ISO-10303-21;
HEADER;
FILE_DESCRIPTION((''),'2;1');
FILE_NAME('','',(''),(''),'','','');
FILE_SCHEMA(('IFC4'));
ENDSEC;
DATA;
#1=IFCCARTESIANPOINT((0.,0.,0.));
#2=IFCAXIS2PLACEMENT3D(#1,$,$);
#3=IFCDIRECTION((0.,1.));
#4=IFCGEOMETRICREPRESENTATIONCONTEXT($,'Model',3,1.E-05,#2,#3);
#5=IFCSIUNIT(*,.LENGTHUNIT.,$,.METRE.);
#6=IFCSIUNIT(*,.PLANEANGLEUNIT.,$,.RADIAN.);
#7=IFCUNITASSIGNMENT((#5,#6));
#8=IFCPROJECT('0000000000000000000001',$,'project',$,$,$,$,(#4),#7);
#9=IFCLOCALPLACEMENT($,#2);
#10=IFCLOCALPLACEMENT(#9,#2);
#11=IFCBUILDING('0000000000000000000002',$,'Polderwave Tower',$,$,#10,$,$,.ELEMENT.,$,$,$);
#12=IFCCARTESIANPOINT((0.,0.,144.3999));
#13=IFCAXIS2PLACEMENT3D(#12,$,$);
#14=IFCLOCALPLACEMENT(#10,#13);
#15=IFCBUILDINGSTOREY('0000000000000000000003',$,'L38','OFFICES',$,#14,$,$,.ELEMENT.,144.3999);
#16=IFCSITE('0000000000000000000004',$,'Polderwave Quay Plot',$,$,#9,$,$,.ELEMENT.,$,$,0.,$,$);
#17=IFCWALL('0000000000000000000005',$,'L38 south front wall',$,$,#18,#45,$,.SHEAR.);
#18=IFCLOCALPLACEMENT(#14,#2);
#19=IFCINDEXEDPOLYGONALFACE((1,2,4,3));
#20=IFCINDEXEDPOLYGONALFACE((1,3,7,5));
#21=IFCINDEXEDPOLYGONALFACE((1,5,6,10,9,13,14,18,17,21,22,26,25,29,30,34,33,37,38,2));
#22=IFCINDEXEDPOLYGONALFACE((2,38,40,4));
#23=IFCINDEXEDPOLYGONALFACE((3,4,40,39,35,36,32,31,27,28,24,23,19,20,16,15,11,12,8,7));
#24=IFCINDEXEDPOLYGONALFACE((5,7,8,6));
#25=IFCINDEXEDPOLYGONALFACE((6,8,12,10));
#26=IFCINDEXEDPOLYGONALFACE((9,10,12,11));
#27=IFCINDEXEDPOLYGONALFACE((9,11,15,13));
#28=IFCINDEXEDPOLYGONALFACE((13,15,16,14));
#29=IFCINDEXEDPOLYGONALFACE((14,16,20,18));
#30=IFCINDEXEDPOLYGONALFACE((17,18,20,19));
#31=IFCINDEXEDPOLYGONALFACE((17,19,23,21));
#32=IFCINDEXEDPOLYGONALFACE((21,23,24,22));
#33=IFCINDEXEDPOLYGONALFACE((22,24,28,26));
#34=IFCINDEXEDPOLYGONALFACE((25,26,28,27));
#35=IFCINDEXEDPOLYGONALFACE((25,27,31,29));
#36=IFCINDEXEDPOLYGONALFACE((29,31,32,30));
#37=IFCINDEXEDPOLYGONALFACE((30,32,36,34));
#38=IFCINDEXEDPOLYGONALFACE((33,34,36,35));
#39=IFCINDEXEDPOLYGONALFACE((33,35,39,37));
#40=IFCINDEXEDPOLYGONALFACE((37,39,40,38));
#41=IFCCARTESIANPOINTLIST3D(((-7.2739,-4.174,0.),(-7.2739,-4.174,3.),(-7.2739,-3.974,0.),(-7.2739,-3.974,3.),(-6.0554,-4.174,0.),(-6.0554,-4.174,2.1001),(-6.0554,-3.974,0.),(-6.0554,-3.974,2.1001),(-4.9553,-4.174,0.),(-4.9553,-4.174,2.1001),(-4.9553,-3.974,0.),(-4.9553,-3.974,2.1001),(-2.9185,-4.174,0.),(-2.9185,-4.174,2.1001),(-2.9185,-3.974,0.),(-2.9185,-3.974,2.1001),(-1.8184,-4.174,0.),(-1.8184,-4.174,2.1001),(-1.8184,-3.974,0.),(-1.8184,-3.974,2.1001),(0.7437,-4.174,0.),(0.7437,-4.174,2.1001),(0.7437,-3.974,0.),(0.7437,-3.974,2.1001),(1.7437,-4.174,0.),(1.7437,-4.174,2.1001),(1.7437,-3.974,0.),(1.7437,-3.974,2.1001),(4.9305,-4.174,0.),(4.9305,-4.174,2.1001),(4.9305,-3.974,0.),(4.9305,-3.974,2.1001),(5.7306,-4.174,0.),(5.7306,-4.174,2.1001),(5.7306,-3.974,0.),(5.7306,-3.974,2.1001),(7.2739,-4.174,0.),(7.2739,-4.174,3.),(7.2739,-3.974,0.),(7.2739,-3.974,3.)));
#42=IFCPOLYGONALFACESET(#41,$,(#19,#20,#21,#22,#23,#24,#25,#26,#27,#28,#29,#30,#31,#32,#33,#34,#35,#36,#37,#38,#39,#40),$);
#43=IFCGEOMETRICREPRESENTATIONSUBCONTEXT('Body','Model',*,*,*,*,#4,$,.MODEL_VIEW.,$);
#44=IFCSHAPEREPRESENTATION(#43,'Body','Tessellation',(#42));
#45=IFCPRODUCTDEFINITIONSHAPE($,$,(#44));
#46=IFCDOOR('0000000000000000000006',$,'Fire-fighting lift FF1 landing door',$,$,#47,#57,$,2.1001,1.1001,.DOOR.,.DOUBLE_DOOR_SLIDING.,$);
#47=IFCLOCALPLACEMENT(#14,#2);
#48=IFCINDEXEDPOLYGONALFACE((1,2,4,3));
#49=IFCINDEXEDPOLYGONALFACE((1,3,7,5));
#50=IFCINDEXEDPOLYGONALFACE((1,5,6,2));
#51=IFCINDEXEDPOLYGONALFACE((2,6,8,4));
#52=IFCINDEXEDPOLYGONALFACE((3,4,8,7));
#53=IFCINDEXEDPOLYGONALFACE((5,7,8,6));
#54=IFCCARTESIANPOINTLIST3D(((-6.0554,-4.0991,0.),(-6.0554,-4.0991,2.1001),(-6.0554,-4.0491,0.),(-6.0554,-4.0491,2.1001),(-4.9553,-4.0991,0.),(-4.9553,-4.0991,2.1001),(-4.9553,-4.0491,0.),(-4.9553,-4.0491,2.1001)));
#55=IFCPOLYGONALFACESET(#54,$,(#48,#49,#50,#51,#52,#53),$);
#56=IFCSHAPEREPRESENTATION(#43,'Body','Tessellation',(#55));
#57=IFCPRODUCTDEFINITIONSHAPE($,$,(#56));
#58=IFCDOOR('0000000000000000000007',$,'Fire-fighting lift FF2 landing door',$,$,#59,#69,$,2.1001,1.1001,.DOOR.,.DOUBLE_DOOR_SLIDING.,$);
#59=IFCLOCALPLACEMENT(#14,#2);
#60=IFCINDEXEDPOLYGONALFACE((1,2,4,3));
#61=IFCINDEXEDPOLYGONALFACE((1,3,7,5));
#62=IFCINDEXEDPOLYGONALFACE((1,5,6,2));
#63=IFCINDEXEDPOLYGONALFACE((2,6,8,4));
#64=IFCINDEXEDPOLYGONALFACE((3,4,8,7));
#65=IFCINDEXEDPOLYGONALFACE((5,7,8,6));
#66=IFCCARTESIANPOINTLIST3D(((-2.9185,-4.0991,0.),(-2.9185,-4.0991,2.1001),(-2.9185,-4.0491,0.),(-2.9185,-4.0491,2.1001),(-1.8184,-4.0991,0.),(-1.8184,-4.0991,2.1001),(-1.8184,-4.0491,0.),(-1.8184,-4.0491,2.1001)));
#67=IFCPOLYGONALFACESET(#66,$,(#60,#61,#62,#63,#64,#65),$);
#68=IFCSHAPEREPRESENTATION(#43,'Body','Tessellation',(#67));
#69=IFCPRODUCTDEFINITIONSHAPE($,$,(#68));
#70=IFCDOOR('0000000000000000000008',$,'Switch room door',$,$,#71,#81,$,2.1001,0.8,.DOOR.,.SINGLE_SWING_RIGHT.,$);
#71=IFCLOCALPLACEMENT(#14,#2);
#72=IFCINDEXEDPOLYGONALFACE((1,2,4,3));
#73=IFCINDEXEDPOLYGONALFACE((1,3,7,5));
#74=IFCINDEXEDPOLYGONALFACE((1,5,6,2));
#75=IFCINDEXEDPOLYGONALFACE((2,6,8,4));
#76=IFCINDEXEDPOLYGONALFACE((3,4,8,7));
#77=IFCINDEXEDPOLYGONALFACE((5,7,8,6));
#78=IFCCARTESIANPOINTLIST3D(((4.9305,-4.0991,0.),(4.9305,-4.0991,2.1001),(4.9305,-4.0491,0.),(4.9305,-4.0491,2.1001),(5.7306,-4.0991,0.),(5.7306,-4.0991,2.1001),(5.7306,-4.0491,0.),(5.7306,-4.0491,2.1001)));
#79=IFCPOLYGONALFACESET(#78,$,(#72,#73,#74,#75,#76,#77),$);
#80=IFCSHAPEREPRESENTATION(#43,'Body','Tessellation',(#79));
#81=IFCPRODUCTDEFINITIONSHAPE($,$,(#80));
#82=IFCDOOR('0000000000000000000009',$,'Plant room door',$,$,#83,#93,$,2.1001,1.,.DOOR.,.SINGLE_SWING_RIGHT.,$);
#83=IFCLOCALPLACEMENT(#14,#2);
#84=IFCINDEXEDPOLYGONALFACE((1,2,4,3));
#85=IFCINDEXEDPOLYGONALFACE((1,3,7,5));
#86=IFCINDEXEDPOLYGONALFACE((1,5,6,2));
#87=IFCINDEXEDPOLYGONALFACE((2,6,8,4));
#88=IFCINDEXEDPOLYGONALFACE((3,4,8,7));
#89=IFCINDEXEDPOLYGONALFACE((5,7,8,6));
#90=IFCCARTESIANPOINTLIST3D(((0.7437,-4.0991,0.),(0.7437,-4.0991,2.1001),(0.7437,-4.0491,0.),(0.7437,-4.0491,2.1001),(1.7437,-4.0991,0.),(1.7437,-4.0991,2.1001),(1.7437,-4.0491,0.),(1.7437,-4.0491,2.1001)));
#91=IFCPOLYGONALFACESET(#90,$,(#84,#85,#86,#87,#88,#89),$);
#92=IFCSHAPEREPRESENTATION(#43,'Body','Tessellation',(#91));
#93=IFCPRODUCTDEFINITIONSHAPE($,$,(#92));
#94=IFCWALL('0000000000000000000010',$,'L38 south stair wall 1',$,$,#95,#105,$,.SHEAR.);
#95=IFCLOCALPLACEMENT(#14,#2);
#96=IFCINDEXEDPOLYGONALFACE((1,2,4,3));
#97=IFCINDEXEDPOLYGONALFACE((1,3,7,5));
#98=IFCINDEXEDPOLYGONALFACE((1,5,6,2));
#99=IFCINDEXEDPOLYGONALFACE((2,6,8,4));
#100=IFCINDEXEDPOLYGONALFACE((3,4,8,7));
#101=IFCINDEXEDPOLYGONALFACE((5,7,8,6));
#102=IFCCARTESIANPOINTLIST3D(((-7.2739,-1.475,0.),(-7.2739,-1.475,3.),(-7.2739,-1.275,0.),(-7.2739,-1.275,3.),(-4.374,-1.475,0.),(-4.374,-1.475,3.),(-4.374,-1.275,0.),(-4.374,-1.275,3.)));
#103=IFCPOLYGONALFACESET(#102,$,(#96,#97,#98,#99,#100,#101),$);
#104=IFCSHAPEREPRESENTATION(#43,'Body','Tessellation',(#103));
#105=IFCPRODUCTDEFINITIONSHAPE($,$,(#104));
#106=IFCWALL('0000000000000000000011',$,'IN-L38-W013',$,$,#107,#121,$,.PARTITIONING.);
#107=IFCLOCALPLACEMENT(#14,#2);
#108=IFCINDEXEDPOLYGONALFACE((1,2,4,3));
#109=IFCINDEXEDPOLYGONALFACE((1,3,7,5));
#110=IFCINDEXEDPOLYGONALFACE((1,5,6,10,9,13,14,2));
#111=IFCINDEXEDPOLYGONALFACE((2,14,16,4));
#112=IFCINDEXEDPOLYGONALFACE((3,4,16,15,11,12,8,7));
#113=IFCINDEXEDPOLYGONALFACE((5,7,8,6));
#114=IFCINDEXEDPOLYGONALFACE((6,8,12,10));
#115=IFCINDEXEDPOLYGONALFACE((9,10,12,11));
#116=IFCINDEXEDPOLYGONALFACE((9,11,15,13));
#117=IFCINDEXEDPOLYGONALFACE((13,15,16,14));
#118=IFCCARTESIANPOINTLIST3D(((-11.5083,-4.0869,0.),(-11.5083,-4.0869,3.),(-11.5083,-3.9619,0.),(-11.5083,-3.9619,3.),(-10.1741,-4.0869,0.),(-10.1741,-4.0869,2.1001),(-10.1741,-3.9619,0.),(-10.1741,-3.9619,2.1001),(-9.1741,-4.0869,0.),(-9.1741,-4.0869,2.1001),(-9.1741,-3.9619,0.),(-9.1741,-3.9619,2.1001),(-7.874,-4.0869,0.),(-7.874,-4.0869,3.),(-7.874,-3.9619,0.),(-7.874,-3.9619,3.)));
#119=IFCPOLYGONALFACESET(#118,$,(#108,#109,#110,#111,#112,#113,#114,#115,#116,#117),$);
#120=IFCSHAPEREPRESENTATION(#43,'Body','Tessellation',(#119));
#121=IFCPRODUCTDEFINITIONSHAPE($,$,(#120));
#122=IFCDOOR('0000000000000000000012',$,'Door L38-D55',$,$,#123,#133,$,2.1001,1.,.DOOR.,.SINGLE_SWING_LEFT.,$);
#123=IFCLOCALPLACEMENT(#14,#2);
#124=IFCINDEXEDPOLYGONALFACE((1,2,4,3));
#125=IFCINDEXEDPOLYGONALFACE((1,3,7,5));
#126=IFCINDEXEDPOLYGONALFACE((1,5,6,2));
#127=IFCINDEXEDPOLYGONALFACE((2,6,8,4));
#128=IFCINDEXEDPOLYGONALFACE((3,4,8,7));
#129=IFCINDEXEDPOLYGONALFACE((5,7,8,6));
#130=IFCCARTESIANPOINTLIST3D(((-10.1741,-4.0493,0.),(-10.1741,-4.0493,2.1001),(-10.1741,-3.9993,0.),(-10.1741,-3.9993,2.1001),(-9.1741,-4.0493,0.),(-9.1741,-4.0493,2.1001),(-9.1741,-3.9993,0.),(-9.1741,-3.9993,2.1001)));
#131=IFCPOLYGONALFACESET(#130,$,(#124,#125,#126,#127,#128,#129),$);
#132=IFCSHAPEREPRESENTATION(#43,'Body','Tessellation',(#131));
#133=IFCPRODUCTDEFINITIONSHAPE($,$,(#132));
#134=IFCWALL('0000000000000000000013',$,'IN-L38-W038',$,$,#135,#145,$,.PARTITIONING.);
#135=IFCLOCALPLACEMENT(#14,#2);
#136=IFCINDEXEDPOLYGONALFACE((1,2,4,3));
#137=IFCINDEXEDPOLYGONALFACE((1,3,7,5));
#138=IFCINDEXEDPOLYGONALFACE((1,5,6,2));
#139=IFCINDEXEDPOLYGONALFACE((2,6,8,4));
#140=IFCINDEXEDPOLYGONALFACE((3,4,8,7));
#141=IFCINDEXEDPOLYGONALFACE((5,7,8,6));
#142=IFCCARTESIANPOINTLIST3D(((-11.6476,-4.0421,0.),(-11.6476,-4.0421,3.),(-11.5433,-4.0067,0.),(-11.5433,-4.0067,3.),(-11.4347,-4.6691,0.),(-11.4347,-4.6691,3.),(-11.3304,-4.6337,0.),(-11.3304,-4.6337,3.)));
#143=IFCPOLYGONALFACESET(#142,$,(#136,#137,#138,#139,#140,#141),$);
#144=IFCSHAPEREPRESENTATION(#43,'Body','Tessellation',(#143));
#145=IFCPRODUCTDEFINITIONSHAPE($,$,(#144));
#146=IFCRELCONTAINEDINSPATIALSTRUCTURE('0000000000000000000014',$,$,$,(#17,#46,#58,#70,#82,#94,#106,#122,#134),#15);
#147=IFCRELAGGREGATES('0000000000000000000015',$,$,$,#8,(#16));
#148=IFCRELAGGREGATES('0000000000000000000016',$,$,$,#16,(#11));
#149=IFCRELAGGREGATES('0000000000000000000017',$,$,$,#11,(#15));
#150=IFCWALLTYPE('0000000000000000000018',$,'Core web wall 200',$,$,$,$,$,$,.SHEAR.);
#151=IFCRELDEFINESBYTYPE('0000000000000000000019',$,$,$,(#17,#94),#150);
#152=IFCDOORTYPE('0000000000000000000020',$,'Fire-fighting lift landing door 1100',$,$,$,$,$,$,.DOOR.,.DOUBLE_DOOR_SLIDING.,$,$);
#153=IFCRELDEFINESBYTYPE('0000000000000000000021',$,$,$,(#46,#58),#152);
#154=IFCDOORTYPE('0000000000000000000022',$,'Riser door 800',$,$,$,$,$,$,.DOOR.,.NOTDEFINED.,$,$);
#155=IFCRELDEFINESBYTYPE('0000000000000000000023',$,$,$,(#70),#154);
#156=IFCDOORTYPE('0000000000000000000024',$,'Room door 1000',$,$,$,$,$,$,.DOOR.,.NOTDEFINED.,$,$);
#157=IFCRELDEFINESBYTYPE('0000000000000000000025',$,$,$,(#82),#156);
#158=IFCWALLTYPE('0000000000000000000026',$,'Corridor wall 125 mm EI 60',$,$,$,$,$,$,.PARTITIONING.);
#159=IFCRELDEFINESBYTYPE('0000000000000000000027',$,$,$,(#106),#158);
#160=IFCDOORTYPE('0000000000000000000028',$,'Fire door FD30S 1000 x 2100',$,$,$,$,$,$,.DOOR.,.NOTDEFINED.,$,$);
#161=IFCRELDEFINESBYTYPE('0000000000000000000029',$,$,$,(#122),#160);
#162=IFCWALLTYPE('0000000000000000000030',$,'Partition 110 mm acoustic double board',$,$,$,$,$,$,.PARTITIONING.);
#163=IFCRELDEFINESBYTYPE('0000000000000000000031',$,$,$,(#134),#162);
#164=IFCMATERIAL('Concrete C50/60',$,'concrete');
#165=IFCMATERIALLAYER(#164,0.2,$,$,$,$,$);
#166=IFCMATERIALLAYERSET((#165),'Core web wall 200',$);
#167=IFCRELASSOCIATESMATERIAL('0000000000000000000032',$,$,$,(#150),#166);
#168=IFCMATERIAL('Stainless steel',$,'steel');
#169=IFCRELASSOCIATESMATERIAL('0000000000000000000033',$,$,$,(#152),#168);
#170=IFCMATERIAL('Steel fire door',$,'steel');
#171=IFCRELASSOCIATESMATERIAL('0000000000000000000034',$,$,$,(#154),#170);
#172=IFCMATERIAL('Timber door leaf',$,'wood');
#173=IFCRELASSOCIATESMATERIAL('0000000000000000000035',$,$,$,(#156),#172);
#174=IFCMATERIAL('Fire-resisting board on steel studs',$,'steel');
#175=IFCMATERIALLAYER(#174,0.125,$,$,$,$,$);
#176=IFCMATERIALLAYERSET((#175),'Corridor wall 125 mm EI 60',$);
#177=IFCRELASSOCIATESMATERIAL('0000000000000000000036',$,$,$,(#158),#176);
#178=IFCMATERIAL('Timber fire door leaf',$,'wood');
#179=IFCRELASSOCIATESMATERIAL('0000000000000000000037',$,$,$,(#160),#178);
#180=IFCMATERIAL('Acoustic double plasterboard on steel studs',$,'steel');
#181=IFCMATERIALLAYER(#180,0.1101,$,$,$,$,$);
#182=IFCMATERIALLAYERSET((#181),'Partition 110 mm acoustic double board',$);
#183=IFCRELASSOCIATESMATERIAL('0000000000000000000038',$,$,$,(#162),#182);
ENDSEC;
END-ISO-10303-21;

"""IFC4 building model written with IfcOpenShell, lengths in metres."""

from ifc_helpers import new_model, si_unit, direction, frame, frame_2d, origin, place, context, subcontext, project, spatial, rectangle, extrude, material, layer, layer_set, type_object, element, fill, save


model = new_model("IFC4")

# Units and contexts
model_context = context("Model", 3, precision=1e-05, world=origin(), true_north=direction((0.0, 1.0)))
body_context = subcontext(model_context, "Body", "Model", "MODEL_VIEW")
ifc_project = project(units=[si_unit("LENGTHUNIT", "METRE"), si_unit("PLANEANGLEUNIT", "RADIAN")], contexts=[model_context])

# Site, building, storey
site_placement = place(None, origin())
site = spatial("IfcSite", under=ifc_project, at=site_placement, Name="Polderwave Quay Plot", CompositionType="ELEMENT", RefElevation=0.0)
building_placement = place(site_placement, origin())
building = spatial("IfcBuilding", under=site, at=building_placement, Name="Polderwave Tower", CompositionType="ELEMENT")
storey_placement = place(building_placement, frame((0.0, 0.0, 144.3999)))
storey = spatial("IfcBuildingStorey", under=building, at=storey_placement, Name="L38", Description="OFFICES", CompositionType="ELEMENT", Elevation=144.3999)

# Wall, openings, doors
ifc_material_1 = material(Name="Steel fire door", Category="steel")
ifc_material_2 = material(Name="Concrete C50/60", Category="concrete")
ifc_layer_1 = layer(ifc_material_2, 0.2)
ifc_layer_set_1 = layer_set([ifc_layer_1], Name="Core web wall 200")
wall_type_1 = type_object("IfcWallType", Name="Core web wall 200", PredefinedType="SHEAR", material=ifc_layer_set_1)
wall_1_placement = place(storey_placement, frame((-7.2739, -4.074, 0.0), z_axis=(0.0, 0.0, 1.0), x_axis=(1.0, 0.0, 0.0)))
wall_1 = element("IfcWall", 1, at=wall_1_placement, inside=storey, type_object=wall_type_1, Name="L38 south front wall", PredefinedType="SHEAR", context=body_context, shape_type="SweptSolid", body=[
    extrude(rectangle(XDim=14.5479, YDim=0.2, at=frame_2d((7.2739, 0.0))), origin(), (0.0, 0.0, 1.0), 3.0),
])
opening_1_placement = place(wall_1_placement, frame((1.2185, 0.0, 0.0)))
opening_1 = element("IfcOpeningElement", 2, at=opening_1_placement, cuts=wall_1, PredefinedType="OPENING", context=body_context, shape_type="SweptSolid", body=[
    extrude(rectangle(XDim=1.1001, YDim=2.1001, at=frame_2d((0.55, 1.05))), frame((0.0, 0.1099, 0.0), z_axis=(0.0, -1.0, 0.0), x_axis=(1.0, 0.0, 0.0)), (0.0, 0.0, 1.0), 0.22),
])
opening_2_placement = place(wall_1_placement, frame((4.3555, 0.0, 0.0)))
opening_2 = element("IfcOpeningElement", 3, at=opening_2_placement, cuts=wall_1, PredefinedType="OPENING", context=body_context, shape_type="SweptSolid", body=[
    extrude(rectangle(XDim=1.1001, YDim=2.1001, at=frame_2d((0.55, 1.05))), frame((0.0, 0.1099, 0.0), z_axis=(0.0, -1.0, 0.0), x_axis=(1.0, 0.0, 0.0)), (0.0, 0.0, 1.0), 0.22),
])
opening_3_placement = place(wall_1_placement, frame((8.0176, 0.0, 0.0)))
opening_3 = element("IfcOpeningElement", 4, at=opening_3_placement, cuts=wall_1, PredefinedType="OPENING", context=body_context, shape_type="SweptSolid", body=[
    extrude(rectangle(XDim=1.0, YDim=2.1001, at=frame_2d((0.5, 1.05))), frame((0.0, 0.1099, 0.0), z_axis=(0.0, -1.0, 0.0), x_axis=(1.0, 0.0, 0.0)), (0.0, 0.0, 1.0), 0.22),
])
opening_4_placement = place(wall_1_placement, frame((12.2046, 0.0, 0.0)))
opening_4 = element("IfcOpeningElement", 5, at=opening_4_placement, cuts=wall_1, PredefinedType="OPENING", context=body_context, shape_type="SweptSolid", body=[
    extrude(rectangle(XDim=0.8, YDim=2.1001, at=frame_2d((0.3999, 1.05))), frame((0.0, 0.1099, 0.0), z_axis=(0.0, -1.0, 0.0), x_axis=(1.0, 0.0, 0.0)), (0.0, 0.0, 1.0), 0.22),
])
ifc_material_3 = material(Name="Stainless steel", Category="steel")
door_type_1 = type_object("IfcDoorType", Name="Fire-fighting lift landing door 1100", OperationType="DOUBLE_DOOR_SLIDING", PredefinedType="DOOR", material=ifc_material_3)
door_1_placement = place(opening_1_placement, origin())
door_1 = element("IfcDoor", 6, at=door_1_placement, inside=storey, type_object=door_type_1, Name="Fire-fighting lift FF1 landing door", OperationType="DOUBLE_DOOR_SLIDING", OverallHeight=2.1001, OverallWidth=1.1001, PredefinedType="DOOR", context=body_context, shape_type="SweptSolid", body=[
    extrude(rectangle(XDim=1.1001, YDim=2.1001, at=frame_2d((0.55, 1.05))), frame((0.0, 0.0249, 0.0), z_axis=(0.0, -1.0, 0.0), x_axis=(1.0, 0.0, 0.0)), (0.0, 0.0, 1.0), 0.05),
])
fill(opening_1, door_1)
door_2_placement = place(opening_2_placement, origin())
door_2 = element("IfcDoor", 7, at=door_2_placement, inside=storey, type_object=door_type_1, Name="Fire-fighting lift FF2 landing door", OperationType="DOUBLE_DOOR_SLIDING", OverallHeight=2.1001, OverallWidth=1.1001, PredefinedType="DOOR", context=body_context, shape_type="SweptSolid", body=[
    extrude(rectangle(XDim=1.1001, YDim=2.1001, at=frame_2d((0.55, 1.05))), frame((0.0, 0.0249, 0.0), z_axis=(0.0, -1.0, 0.0), x_axis=(1.0, 0.0, 0.0)), (0.0, 0.0, 1.0), 0.05),
])
fill(opening_2, door_2)
door_type_2 = type_object("IfcDoorType", Name="Riser door 800", OperationType="NOTDEFINED", PredefinedType="DOOR", material=ifc_material_1)
door_3_placement = place(opening_4_placement, origin())
door_3 = element("IfcDoor", 8, at=door_3_placement, inside=storey, type_object=door_type_2, Name="Switch room door", OperationType="SINGLE_SWING_RIGHT", OverallHeight=2.1001, OverallWidth=0.8, PredefinedType="DOOR", context=body_context, shape_type="SweptSolid", body=[
    extrude(rectangle(XDim=0.8, YDim=2.1001, at=frame_2d((0.3999, 1.05))), frame((0.0, 0.0249, 0.0), z_axis=(0.0, -1.0, 0.0), x_axis=(1.0, 0.0, 0.0)), (0.0, 0.0, 1.0), 0.05),
])
fill(opening_4, door_3)
ifc_material_4 = material(Name="Timber door leaf", Category="wood")
door_type_3 = type_object("IfcDoorType", Name="Room door 1000", OperationType="NOTDEFINED", PredefinedType="DOOR", material=ifc_material_4)
door_4_placement = place(opening_3_placement, origin())
door_4 = element("IfcDoor", 9, at=door_4_placement, inside=storey, type_object=door_type_3, Name="Plant room door", OperationType="SINGLE_SWING_RIGHT", OverallHeight=2.1001, OverallWidth=1.0, PredefinedType="DOOR", context=body_context, shape_type="SweptSolid", body=[
    extrude(rectangle(XDim=1.0, YDim=2.1001, at=frame_2d((0.5, 1.05))), frame((0.0, 0.0249, 0.0), z_axis=(0.0, -1.0, 0.0), x_axis=(1.0, 0.0, 0.0)), (0.0, 0.0, 1.0), 0.05),
])
fill(opening_3, door_4)

# Wall
wall_2_placement = place(storey_placement, frame((-7.2739, -1.375, 0.0), z_axis=(0.0, 0.0, 1.0), x_axis=(1.0, 0.0, 0.0)))
element("IfcWall", 10, at=wall_2_placement, inside=storey, type_object=wall_type_1, Name="L38 south stair wall 1", PredefinedType="SHEAR", context=body_context, shape_type="SweptSolid", body=[
    extrude(rectangle(XDim=2.8999, YDim=0.2, at=frame_2d((1.45, 0.0))), origin(), (0.0, 0.0, 1.0), 3.0),
])

# Wall, opening, door
ifc_material_5 = material(Name="Fire-resisting board on steel studs", Category="steel")
ifc_layer_2 = layer(ifc_material_5, 0.125)
ifc_layer_set_2 = layer_set([ifc_layer_2], Name="Corridor wall 125 mm EI 60")
wall_type_2 = type_object("IfcWallType", Name="Corridor wall 125 mm EI 60", PredefinedType="PARTITIONING", material=ifc_layer_set_2)
wall_3_placement = place(storey_placement, frame((-7.874, -4.0244, 0.0), z_axis=(0.0, 0.0, 1.0), x_axis=(-1.0, 0.0, 0.0)))
wall_3 = element("IfcWall", 11, at=wall_3_placement, inside=storey, type_object=wall_type_2, Name="IN-L38-W013", PredefinedType="PARTITIONING", context=body_context, shape_type="SweptSolid", body=[
    extrude(rectangle(XDim=3.6343, YDim=0.125, at=frame_2d((1.8171, 0.0))), origin(), (0.0, 0.0, 1.0), 3.0),
])
opening_5_placement = place(wall_3_placement, frame((1.3, 0.0, 0.0)))
opening_5 = element("IfcOpeningElement", 12, at=opening_5_placement, cuts=wall_3, PredefinedType="OPENING", context=body_context, shape_type="SweptSolid", body=[
    extrude(rectangle(XDim=1.0, YDim=2.1001, at=frame_2d((0.5, 1.05))), frame((0.0, 0.0725, 0.0), z_axis=(0.0, -1.0, 0.0), x_axis=(1.0, 0.0, 0.0)), (0.0, 0.0, 1.0), 0.145),
])
ifc_material_6 = material(Name="Timber fire door leaf", Category="wood")
door_type_4 = type_object("IfcDoorType", Name="Fire door FD30S 1000 x 2100", OperationType="NOTDEFINED", PredefinedType="DOOR", material=ifc_material_6)
door_5_placement = place(opening_5_placement, origin())
door_5 = element("IfcDoor", 13, at=door_5_placement, inside=storey, type_object=door_type_4, Name="Door L38-D55", OperationType="SINGLE_SWING_LEFT", OverallHeight=2.1001, OverallWidth=1.0, PredefinedType="DOOR", context=body_context, shape_type="SweptSolid", body=[
    extrude(rectangle(XDim=1.0, YDim=2.1001, at=frame_2d((0.5, 1.05))), frame((0.0, 0.0249, 0.0), z_axis=(0.0, -1.0, 0.0), x_axis=(1.0, 0.0, 0.0)), (0.0, 0.0, 1.0), 0.05),
])
fill(opening_5, door_5)

# Wall
ifc_material_7 = material(Name="Acoustic double plasterboard on steel studs", Category="steel")
ifc_layer_3 = layer(ifc_material_7, 0.1101)
ifc_layer_set_3 = layer_set([ifc_layer_3], Name="Partition 110 mm acoustic double board")
wall_type_3 = type_object("IfcWallType", Name="Partition 110 mm acoustic double board", PredefinedType="PARTITIONING", material=ifc_layer_set_3)
wall_4_placement = place(storey_placement, frame((-11.3826, -4.6514, 0.0), z_axis=(0.0, 0.0, 1.0), x_axis=(-0.321533, 0.946899, 0.0)))
element("IfcWall", 14, at=wall_4_placement, inside=storey, type_object=wall_type_3, Name="IN-L38-W038", PredefinedType="PARTITIONING", context=body_context, shape_type="SweptSolid", body=[
    extrude(rectangle(XDim=0.6621, YDim=0.1101, at=frame_2d((0.3311, 0.0))), origin(), (0.0, 0.0, 1.0), 3.0),
])

save(model, "model.ifc")
